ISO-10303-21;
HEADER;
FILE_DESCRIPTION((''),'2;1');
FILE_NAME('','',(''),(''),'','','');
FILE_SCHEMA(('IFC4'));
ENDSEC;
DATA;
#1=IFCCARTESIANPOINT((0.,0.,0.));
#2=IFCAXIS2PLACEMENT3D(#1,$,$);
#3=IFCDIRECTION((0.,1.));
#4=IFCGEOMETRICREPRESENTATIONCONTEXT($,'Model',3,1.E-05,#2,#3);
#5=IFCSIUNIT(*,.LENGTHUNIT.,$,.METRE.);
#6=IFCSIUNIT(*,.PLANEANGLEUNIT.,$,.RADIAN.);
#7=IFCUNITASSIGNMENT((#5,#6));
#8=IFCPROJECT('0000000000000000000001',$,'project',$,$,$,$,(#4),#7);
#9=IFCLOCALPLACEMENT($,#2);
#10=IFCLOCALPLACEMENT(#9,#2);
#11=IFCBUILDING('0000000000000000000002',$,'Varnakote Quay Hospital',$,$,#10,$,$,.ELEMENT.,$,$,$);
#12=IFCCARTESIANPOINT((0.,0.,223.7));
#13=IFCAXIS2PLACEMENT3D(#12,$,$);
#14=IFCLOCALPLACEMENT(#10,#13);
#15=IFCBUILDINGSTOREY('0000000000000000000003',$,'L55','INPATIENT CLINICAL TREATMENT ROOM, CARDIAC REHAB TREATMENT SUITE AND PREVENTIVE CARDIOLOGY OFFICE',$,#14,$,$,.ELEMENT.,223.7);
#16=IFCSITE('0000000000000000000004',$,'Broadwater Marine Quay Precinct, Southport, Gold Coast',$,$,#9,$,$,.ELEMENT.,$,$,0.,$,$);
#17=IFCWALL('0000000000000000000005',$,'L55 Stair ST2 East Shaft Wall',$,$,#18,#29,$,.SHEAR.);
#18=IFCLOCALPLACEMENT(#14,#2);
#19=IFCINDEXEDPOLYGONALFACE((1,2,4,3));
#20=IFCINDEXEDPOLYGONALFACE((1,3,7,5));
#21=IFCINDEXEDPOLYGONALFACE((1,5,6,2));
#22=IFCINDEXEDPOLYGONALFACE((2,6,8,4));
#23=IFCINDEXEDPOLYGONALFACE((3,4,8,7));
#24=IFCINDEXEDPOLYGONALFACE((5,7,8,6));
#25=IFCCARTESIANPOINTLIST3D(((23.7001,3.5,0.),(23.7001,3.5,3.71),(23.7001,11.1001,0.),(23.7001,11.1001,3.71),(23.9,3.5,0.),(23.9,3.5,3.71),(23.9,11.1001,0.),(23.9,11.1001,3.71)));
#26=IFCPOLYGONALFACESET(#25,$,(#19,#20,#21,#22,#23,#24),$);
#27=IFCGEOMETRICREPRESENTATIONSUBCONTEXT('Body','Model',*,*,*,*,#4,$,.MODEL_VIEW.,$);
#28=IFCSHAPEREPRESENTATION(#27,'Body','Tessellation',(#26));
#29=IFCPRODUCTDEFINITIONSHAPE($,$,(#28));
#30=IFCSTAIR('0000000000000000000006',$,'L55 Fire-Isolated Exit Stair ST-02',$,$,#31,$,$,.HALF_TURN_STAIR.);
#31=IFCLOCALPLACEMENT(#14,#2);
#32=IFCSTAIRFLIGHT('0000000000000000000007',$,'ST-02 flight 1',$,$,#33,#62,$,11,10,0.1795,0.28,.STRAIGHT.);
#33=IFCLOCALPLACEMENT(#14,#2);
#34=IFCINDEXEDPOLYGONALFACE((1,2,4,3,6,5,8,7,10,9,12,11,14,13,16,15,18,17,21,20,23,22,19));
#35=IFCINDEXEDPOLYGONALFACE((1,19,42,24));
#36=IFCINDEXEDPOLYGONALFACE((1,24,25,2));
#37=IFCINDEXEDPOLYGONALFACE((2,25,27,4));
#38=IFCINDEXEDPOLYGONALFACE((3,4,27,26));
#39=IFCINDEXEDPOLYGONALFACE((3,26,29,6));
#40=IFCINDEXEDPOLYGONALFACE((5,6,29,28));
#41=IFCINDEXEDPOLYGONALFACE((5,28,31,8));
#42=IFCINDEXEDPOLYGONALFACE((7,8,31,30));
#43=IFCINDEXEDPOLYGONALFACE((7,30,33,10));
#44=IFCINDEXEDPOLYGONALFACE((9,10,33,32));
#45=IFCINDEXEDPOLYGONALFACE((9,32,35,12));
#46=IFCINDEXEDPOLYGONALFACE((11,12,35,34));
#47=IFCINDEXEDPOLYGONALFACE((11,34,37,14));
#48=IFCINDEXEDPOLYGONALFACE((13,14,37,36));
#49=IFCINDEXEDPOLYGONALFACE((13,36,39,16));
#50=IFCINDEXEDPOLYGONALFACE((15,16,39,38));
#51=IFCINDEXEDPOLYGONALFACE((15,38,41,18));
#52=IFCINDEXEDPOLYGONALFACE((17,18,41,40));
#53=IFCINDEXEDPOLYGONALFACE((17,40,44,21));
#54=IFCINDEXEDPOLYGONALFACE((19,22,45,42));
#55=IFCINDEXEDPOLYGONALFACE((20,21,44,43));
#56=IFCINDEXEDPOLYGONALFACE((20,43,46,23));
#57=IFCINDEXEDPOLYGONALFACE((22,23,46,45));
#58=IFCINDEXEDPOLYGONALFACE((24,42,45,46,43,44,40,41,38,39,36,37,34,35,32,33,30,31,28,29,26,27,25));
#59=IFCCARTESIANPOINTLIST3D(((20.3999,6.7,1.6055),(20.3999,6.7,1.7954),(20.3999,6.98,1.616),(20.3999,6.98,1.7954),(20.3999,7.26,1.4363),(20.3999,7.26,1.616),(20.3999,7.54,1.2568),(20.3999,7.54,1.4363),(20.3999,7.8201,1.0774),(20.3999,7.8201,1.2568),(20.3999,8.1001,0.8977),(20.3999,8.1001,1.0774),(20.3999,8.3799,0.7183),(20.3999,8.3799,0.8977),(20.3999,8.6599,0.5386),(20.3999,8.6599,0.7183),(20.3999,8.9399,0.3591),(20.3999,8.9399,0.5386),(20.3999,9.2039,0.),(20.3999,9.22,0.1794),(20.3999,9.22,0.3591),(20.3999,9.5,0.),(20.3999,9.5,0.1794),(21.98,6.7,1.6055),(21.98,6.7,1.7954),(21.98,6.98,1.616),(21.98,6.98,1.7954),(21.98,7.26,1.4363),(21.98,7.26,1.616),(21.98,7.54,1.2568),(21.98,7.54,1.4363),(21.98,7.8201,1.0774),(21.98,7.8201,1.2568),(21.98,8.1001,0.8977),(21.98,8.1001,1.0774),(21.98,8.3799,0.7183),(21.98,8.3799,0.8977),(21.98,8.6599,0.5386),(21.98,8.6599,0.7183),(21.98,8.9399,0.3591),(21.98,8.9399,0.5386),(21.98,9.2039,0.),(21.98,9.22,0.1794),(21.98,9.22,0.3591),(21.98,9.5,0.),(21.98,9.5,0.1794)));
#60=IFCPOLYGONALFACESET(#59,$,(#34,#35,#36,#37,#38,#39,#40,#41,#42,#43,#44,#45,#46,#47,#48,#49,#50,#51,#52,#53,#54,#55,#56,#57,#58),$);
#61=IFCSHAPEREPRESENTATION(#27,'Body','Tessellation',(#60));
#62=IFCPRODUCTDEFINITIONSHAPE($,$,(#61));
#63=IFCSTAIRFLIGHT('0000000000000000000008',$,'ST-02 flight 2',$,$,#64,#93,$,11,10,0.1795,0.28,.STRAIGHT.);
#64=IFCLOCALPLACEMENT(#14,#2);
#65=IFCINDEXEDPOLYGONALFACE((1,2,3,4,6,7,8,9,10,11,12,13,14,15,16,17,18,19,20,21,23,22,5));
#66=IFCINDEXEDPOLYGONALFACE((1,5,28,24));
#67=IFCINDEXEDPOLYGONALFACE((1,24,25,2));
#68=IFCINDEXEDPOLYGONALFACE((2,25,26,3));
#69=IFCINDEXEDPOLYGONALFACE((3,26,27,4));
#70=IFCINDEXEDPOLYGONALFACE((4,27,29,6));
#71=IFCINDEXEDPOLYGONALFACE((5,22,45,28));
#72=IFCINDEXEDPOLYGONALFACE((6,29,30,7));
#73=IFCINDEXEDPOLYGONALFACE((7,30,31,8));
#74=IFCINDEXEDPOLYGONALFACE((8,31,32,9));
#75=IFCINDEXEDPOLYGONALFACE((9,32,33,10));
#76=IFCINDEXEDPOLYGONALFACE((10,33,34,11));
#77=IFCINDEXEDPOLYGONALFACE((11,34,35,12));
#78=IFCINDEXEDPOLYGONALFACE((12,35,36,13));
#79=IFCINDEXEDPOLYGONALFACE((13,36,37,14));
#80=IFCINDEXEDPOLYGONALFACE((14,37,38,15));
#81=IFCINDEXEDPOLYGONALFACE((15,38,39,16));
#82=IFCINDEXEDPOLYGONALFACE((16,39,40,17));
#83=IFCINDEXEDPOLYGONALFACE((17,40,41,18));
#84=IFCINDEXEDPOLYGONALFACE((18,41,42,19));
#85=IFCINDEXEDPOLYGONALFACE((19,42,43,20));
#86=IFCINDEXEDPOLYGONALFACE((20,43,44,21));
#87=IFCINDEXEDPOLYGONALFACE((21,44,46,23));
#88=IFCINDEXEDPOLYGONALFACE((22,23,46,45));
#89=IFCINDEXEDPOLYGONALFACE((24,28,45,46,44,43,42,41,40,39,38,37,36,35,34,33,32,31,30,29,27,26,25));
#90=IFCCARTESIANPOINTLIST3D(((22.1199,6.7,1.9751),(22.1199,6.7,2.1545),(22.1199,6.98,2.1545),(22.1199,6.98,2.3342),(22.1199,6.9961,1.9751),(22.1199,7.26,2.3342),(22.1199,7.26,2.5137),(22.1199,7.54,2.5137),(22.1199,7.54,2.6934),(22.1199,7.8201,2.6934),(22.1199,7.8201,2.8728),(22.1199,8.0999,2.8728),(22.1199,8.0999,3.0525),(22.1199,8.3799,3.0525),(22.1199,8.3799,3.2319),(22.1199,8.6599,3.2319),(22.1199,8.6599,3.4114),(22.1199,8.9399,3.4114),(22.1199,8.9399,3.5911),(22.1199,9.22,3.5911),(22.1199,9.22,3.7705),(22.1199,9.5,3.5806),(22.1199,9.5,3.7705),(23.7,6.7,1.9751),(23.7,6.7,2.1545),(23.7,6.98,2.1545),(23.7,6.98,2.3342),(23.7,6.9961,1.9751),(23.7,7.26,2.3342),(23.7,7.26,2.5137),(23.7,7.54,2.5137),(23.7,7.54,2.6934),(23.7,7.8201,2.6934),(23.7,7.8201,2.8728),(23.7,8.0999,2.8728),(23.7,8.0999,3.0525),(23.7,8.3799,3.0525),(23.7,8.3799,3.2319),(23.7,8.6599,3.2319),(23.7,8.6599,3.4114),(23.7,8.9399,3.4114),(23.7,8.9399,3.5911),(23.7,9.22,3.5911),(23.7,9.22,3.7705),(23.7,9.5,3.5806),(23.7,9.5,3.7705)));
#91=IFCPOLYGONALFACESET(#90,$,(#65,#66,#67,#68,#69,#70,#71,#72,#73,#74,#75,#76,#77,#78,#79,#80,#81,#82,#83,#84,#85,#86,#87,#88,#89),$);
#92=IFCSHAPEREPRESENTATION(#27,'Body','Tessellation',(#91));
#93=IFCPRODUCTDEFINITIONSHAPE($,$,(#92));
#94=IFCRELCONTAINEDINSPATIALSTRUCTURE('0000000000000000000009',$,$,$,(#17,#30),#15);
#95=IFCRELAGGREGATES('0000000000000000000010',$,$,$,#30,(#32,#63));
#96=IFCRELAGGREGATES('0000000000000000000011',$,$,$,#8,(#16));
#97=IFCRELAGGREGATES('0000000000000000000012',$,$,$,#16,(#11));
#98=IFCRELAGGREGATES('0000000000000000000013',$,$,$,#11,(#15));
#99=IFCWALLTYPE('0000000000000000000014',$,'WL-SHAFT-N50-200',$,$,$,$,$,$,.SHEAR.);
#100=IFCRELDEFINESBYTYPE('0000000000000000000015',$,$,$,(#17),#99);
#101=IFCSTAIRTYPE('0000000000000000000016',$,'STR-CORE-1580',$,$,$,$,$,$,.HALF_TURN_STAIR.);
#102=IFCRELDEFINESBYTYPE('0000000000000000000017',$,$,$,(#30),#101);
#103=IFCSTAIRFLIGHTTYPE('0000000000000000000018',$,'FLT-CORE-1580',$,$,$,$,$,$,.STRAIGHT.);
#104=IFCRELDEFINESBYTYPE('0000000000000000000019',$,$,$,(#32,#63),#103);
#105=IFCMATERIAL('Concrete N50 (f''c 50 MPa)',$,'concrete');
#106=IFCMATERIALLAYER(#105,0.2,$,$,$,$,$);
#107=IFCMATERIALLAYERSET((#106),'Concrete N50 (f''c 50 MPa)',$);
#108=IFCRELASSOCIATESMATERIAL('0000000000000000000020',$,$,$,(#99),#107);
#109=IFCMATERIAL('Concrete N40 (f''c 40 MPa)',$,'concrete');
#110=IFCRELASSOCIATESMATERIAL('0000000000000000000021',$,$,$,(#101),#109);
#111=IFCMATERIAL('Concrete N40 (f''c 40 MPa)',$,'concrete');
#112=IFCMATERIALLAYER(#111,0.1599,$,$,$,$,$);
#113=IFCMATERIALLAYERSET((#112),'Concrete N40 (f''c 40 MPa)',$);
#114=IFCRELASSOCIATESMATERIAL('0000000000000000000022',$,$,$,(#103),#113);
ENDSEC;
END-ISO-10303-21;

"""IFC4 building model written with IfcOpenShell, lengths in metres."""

from ifc_helpers import new_model, si_unit, direction, frame, frame_2d, origin, place, context, subcontext, project, spatial, polyline, rectangle, outline, extrude, material, layer, layer_set, type_object, element, aggregate, save


model = new_model("IFC4")

# Units and contexts
model_context = context("Model", 3, precision=1e-05, world=origin(), true_north=direction((0.0, 1.0)))
body_context = subcontext(model_context, "Body", "Model", "MODEL_VIEW")
ifc_project = project(units=[si_unit("LENGTHUNIT", "METRE"), si_unit("PLANEANGLEUNIT", "RADIAN")], contexts=[model_context])

# Site, building, storey
site_placement = place(None, origin())
site = spatial("IfcSite", under=ifc_project, at=site_placement, Name="Broadwater Marine Quay Precinct, Southport, Gold Coast", CompositionType="ELEMENT", RefElevation=0.0)
building_placement = place(site_placement, origin())
building = spatial("IfcBuilding", under=site, at=building_placement, Name="Varnakote Quay Hospital", CompositionType="ELEMENT")
storey_placement = place(building_placement, frame((0.0, 0.0, 223.7)))
storey = spatial("IfcBuildingStorey", under=building, at=storey_placement, Name="L55", Description="INPATIENT CLINICAL TREATMENT ROOM, CARDIAC REHAB TREATMENT SUITE AND PREVENTIVE CARDIOLOGY OFFICE", CompositionType="ELEMENT", Elevation=223.7)

# Wall
ifc_material_1 = material(Name="Concrete N50 (f'c 50 MPa)", Category="concrete")
ifc_layer_1 = layer(ifc_material_1, 0.2)
ifc_layer_set_1 = layer_set([ifc_layer_1], Name="Concrete N50 (f'c 50 MPa)")
wall_type_1 = type_object("IfcWallType", Name="WL-SHAFT-N50-200", PredefinedType="SHEAR", material=ifc_layer_set_1)
for number, where, z_axis, x_axis, name in (
    (1, (23.8, 3.5, 0.0), (0.0, 0.0, 1.0), (0.0, 1.0, 0.0), "L55 Stair ST2 East Shaft Wall"),
):
    element("IfcWall", number, at=place(storey_placement, frame(where, z_axis=z_axis, x_axis=x_axis)), inside=storey, type_object=wall_type_1, Name=name, PredefinedType="SHEAR", context=body_context, shape_type="SweptSolid", body=[
        extrude(rectangle(XDim=7.6001, YDim=0.2, at=frame_2d((3.8, 0.0))), origin(), (0.0, 0.0, 1.0), 3.71),
    ])

# Stair, stair flights
ifc_material_2 = material(Name="Concrete N40 (f'c 40 MPa)", Category="concrete")
stair_type = type_object("IfcStairType", Name="STR-CORE-1580", PredefinedType="HALF_TURN_STAIR", material=ifc_material_2)
stair_placement = place(storey_placement, origin())
stair = element("IfcStair", 2, at=stair_placement, inside=storey, type_object=stair_type, Name="L55 Fire-Isolated Exit Stair ST-02", PredefinedType="HALF_TURN_STAIR")
ifc_material_3 = material(Name="Concrete N40 (f'c 40 MPa)", Category="concrete")
ifc_layer_2 = layer(ifc_material_3, 0.1599)
ifc_layer_set_2 = layer_set([ifc_layer_2], Name="Concrete N40 (f'c 40 MPa)")
stair_flight_type = type_object("IfcStairFlightType", Name="FLT-CORE-1580", PredefinedType="STRAIGHT", material=ifc_layer_set_2)
stair_flight_1_placement = place(storey_placement, frame((21.1899, 9.5, 0.0), z_axis=(0.0, 0.0, 1.0), x_axis=(0.0, -1.0, 0.0)))
stair_flight_1 = element("IfcStairFlight", 3, at=stair_flight_1_placement, type_object=stair_flight_type, Name="ST-02 flight 1", NumberOfRisers=11, NumberOfTreads=10, PredefinedType="STRAIGHT", RiserHeight=0.1795, TreadLength=0.28, context=body_context, shape_type="SweptSolid", body=[
    extrude(outline(polyline([(0.0, 0.0), (0.0, 0.1794), (0.28, 0.1794), (0.28, 0.3591), (0.5601, 0.3591), (0.5601, 0.5386), (0.8401, 0.5386), (0.8401, 0.7183), (1.1201, 0.7183), (1.1201, 0.8977), (1.3999, 0.8977), (1.3999, 1.0774), (1.6799, 1.0774), (1.6799, 1.2568), (1.96, 1.2568), (1.96, 1.4363), (2.24, 1.4363), (2.24, 1.616), (2.52, 1.616), (2.52, 1.7954), (2.8, 1.7954), (2.8, 1.9751), (2.8, 1.6055), (0.2961, 0.0), (0.0, 0.0)])), frame((0.0, 0.79, 0.0), z_axis=(0.0, -1.0, 0.0), x_axis=(1.0, 0.0, 0.0)), (0.0, 0.0, 1.0), 1.5801),
])
stair_flight_2_placement = place(storey_placement, frame((22.9099, 6.7, 1.9751), z_axis=(0.0, 0.0, 1.0), x_axis=(0.0, 1.0, 0.0)))
stair_flight_2 = element("IfcStairFlight", 4, at=stair_flight_2_placement, type_object=stair_flight_type, Name="ST-02 flight 2", NumberOfRisers=11, NumberOfTreads=10, PredefinedType="STRAIGHT", RiserHeight=0.1795, TreadLength=0.28, context=body_context, shape_type="SweptSolid", body=[
    extrude(outline(polyline([(0.0, 0.0), (0.0, 0.1794), (0.28, 0.1794), (0.28, 0.3591), (0.5601, 0.3591), (0.5601, 0.5386), (0.8401, 0.5386), (0.8401, 0.7183), (1.1201, 0.7183), (1.1201, 0.8977), (1.3999, 0.8977), (1.3999, 1.0774), (1.6799, 1.0774), (1.6799, 1.2568), (1.96, 1.2568), (1.96, 1.4363), (2.24, 1.4363), (2.24, 1.616), (2.52, 1.616), (2.52, 1.7954), (2.8, 1.7954), (2.8, 1.9751), (2.8, 1.6055), (0.2961, 0.0), (0.0, 0.0)])), frame((0.0, 0.79, 0.0), z_axis=(0.0, -1.0, 0.0), x_axis=(1.0, 0.0, 0.0)), (0.0, 0.0, 1.0), 1.5801),
])
aggregate(stair, [stair_flight_1, stair_flight_2])

save(model, "model.ifc")
